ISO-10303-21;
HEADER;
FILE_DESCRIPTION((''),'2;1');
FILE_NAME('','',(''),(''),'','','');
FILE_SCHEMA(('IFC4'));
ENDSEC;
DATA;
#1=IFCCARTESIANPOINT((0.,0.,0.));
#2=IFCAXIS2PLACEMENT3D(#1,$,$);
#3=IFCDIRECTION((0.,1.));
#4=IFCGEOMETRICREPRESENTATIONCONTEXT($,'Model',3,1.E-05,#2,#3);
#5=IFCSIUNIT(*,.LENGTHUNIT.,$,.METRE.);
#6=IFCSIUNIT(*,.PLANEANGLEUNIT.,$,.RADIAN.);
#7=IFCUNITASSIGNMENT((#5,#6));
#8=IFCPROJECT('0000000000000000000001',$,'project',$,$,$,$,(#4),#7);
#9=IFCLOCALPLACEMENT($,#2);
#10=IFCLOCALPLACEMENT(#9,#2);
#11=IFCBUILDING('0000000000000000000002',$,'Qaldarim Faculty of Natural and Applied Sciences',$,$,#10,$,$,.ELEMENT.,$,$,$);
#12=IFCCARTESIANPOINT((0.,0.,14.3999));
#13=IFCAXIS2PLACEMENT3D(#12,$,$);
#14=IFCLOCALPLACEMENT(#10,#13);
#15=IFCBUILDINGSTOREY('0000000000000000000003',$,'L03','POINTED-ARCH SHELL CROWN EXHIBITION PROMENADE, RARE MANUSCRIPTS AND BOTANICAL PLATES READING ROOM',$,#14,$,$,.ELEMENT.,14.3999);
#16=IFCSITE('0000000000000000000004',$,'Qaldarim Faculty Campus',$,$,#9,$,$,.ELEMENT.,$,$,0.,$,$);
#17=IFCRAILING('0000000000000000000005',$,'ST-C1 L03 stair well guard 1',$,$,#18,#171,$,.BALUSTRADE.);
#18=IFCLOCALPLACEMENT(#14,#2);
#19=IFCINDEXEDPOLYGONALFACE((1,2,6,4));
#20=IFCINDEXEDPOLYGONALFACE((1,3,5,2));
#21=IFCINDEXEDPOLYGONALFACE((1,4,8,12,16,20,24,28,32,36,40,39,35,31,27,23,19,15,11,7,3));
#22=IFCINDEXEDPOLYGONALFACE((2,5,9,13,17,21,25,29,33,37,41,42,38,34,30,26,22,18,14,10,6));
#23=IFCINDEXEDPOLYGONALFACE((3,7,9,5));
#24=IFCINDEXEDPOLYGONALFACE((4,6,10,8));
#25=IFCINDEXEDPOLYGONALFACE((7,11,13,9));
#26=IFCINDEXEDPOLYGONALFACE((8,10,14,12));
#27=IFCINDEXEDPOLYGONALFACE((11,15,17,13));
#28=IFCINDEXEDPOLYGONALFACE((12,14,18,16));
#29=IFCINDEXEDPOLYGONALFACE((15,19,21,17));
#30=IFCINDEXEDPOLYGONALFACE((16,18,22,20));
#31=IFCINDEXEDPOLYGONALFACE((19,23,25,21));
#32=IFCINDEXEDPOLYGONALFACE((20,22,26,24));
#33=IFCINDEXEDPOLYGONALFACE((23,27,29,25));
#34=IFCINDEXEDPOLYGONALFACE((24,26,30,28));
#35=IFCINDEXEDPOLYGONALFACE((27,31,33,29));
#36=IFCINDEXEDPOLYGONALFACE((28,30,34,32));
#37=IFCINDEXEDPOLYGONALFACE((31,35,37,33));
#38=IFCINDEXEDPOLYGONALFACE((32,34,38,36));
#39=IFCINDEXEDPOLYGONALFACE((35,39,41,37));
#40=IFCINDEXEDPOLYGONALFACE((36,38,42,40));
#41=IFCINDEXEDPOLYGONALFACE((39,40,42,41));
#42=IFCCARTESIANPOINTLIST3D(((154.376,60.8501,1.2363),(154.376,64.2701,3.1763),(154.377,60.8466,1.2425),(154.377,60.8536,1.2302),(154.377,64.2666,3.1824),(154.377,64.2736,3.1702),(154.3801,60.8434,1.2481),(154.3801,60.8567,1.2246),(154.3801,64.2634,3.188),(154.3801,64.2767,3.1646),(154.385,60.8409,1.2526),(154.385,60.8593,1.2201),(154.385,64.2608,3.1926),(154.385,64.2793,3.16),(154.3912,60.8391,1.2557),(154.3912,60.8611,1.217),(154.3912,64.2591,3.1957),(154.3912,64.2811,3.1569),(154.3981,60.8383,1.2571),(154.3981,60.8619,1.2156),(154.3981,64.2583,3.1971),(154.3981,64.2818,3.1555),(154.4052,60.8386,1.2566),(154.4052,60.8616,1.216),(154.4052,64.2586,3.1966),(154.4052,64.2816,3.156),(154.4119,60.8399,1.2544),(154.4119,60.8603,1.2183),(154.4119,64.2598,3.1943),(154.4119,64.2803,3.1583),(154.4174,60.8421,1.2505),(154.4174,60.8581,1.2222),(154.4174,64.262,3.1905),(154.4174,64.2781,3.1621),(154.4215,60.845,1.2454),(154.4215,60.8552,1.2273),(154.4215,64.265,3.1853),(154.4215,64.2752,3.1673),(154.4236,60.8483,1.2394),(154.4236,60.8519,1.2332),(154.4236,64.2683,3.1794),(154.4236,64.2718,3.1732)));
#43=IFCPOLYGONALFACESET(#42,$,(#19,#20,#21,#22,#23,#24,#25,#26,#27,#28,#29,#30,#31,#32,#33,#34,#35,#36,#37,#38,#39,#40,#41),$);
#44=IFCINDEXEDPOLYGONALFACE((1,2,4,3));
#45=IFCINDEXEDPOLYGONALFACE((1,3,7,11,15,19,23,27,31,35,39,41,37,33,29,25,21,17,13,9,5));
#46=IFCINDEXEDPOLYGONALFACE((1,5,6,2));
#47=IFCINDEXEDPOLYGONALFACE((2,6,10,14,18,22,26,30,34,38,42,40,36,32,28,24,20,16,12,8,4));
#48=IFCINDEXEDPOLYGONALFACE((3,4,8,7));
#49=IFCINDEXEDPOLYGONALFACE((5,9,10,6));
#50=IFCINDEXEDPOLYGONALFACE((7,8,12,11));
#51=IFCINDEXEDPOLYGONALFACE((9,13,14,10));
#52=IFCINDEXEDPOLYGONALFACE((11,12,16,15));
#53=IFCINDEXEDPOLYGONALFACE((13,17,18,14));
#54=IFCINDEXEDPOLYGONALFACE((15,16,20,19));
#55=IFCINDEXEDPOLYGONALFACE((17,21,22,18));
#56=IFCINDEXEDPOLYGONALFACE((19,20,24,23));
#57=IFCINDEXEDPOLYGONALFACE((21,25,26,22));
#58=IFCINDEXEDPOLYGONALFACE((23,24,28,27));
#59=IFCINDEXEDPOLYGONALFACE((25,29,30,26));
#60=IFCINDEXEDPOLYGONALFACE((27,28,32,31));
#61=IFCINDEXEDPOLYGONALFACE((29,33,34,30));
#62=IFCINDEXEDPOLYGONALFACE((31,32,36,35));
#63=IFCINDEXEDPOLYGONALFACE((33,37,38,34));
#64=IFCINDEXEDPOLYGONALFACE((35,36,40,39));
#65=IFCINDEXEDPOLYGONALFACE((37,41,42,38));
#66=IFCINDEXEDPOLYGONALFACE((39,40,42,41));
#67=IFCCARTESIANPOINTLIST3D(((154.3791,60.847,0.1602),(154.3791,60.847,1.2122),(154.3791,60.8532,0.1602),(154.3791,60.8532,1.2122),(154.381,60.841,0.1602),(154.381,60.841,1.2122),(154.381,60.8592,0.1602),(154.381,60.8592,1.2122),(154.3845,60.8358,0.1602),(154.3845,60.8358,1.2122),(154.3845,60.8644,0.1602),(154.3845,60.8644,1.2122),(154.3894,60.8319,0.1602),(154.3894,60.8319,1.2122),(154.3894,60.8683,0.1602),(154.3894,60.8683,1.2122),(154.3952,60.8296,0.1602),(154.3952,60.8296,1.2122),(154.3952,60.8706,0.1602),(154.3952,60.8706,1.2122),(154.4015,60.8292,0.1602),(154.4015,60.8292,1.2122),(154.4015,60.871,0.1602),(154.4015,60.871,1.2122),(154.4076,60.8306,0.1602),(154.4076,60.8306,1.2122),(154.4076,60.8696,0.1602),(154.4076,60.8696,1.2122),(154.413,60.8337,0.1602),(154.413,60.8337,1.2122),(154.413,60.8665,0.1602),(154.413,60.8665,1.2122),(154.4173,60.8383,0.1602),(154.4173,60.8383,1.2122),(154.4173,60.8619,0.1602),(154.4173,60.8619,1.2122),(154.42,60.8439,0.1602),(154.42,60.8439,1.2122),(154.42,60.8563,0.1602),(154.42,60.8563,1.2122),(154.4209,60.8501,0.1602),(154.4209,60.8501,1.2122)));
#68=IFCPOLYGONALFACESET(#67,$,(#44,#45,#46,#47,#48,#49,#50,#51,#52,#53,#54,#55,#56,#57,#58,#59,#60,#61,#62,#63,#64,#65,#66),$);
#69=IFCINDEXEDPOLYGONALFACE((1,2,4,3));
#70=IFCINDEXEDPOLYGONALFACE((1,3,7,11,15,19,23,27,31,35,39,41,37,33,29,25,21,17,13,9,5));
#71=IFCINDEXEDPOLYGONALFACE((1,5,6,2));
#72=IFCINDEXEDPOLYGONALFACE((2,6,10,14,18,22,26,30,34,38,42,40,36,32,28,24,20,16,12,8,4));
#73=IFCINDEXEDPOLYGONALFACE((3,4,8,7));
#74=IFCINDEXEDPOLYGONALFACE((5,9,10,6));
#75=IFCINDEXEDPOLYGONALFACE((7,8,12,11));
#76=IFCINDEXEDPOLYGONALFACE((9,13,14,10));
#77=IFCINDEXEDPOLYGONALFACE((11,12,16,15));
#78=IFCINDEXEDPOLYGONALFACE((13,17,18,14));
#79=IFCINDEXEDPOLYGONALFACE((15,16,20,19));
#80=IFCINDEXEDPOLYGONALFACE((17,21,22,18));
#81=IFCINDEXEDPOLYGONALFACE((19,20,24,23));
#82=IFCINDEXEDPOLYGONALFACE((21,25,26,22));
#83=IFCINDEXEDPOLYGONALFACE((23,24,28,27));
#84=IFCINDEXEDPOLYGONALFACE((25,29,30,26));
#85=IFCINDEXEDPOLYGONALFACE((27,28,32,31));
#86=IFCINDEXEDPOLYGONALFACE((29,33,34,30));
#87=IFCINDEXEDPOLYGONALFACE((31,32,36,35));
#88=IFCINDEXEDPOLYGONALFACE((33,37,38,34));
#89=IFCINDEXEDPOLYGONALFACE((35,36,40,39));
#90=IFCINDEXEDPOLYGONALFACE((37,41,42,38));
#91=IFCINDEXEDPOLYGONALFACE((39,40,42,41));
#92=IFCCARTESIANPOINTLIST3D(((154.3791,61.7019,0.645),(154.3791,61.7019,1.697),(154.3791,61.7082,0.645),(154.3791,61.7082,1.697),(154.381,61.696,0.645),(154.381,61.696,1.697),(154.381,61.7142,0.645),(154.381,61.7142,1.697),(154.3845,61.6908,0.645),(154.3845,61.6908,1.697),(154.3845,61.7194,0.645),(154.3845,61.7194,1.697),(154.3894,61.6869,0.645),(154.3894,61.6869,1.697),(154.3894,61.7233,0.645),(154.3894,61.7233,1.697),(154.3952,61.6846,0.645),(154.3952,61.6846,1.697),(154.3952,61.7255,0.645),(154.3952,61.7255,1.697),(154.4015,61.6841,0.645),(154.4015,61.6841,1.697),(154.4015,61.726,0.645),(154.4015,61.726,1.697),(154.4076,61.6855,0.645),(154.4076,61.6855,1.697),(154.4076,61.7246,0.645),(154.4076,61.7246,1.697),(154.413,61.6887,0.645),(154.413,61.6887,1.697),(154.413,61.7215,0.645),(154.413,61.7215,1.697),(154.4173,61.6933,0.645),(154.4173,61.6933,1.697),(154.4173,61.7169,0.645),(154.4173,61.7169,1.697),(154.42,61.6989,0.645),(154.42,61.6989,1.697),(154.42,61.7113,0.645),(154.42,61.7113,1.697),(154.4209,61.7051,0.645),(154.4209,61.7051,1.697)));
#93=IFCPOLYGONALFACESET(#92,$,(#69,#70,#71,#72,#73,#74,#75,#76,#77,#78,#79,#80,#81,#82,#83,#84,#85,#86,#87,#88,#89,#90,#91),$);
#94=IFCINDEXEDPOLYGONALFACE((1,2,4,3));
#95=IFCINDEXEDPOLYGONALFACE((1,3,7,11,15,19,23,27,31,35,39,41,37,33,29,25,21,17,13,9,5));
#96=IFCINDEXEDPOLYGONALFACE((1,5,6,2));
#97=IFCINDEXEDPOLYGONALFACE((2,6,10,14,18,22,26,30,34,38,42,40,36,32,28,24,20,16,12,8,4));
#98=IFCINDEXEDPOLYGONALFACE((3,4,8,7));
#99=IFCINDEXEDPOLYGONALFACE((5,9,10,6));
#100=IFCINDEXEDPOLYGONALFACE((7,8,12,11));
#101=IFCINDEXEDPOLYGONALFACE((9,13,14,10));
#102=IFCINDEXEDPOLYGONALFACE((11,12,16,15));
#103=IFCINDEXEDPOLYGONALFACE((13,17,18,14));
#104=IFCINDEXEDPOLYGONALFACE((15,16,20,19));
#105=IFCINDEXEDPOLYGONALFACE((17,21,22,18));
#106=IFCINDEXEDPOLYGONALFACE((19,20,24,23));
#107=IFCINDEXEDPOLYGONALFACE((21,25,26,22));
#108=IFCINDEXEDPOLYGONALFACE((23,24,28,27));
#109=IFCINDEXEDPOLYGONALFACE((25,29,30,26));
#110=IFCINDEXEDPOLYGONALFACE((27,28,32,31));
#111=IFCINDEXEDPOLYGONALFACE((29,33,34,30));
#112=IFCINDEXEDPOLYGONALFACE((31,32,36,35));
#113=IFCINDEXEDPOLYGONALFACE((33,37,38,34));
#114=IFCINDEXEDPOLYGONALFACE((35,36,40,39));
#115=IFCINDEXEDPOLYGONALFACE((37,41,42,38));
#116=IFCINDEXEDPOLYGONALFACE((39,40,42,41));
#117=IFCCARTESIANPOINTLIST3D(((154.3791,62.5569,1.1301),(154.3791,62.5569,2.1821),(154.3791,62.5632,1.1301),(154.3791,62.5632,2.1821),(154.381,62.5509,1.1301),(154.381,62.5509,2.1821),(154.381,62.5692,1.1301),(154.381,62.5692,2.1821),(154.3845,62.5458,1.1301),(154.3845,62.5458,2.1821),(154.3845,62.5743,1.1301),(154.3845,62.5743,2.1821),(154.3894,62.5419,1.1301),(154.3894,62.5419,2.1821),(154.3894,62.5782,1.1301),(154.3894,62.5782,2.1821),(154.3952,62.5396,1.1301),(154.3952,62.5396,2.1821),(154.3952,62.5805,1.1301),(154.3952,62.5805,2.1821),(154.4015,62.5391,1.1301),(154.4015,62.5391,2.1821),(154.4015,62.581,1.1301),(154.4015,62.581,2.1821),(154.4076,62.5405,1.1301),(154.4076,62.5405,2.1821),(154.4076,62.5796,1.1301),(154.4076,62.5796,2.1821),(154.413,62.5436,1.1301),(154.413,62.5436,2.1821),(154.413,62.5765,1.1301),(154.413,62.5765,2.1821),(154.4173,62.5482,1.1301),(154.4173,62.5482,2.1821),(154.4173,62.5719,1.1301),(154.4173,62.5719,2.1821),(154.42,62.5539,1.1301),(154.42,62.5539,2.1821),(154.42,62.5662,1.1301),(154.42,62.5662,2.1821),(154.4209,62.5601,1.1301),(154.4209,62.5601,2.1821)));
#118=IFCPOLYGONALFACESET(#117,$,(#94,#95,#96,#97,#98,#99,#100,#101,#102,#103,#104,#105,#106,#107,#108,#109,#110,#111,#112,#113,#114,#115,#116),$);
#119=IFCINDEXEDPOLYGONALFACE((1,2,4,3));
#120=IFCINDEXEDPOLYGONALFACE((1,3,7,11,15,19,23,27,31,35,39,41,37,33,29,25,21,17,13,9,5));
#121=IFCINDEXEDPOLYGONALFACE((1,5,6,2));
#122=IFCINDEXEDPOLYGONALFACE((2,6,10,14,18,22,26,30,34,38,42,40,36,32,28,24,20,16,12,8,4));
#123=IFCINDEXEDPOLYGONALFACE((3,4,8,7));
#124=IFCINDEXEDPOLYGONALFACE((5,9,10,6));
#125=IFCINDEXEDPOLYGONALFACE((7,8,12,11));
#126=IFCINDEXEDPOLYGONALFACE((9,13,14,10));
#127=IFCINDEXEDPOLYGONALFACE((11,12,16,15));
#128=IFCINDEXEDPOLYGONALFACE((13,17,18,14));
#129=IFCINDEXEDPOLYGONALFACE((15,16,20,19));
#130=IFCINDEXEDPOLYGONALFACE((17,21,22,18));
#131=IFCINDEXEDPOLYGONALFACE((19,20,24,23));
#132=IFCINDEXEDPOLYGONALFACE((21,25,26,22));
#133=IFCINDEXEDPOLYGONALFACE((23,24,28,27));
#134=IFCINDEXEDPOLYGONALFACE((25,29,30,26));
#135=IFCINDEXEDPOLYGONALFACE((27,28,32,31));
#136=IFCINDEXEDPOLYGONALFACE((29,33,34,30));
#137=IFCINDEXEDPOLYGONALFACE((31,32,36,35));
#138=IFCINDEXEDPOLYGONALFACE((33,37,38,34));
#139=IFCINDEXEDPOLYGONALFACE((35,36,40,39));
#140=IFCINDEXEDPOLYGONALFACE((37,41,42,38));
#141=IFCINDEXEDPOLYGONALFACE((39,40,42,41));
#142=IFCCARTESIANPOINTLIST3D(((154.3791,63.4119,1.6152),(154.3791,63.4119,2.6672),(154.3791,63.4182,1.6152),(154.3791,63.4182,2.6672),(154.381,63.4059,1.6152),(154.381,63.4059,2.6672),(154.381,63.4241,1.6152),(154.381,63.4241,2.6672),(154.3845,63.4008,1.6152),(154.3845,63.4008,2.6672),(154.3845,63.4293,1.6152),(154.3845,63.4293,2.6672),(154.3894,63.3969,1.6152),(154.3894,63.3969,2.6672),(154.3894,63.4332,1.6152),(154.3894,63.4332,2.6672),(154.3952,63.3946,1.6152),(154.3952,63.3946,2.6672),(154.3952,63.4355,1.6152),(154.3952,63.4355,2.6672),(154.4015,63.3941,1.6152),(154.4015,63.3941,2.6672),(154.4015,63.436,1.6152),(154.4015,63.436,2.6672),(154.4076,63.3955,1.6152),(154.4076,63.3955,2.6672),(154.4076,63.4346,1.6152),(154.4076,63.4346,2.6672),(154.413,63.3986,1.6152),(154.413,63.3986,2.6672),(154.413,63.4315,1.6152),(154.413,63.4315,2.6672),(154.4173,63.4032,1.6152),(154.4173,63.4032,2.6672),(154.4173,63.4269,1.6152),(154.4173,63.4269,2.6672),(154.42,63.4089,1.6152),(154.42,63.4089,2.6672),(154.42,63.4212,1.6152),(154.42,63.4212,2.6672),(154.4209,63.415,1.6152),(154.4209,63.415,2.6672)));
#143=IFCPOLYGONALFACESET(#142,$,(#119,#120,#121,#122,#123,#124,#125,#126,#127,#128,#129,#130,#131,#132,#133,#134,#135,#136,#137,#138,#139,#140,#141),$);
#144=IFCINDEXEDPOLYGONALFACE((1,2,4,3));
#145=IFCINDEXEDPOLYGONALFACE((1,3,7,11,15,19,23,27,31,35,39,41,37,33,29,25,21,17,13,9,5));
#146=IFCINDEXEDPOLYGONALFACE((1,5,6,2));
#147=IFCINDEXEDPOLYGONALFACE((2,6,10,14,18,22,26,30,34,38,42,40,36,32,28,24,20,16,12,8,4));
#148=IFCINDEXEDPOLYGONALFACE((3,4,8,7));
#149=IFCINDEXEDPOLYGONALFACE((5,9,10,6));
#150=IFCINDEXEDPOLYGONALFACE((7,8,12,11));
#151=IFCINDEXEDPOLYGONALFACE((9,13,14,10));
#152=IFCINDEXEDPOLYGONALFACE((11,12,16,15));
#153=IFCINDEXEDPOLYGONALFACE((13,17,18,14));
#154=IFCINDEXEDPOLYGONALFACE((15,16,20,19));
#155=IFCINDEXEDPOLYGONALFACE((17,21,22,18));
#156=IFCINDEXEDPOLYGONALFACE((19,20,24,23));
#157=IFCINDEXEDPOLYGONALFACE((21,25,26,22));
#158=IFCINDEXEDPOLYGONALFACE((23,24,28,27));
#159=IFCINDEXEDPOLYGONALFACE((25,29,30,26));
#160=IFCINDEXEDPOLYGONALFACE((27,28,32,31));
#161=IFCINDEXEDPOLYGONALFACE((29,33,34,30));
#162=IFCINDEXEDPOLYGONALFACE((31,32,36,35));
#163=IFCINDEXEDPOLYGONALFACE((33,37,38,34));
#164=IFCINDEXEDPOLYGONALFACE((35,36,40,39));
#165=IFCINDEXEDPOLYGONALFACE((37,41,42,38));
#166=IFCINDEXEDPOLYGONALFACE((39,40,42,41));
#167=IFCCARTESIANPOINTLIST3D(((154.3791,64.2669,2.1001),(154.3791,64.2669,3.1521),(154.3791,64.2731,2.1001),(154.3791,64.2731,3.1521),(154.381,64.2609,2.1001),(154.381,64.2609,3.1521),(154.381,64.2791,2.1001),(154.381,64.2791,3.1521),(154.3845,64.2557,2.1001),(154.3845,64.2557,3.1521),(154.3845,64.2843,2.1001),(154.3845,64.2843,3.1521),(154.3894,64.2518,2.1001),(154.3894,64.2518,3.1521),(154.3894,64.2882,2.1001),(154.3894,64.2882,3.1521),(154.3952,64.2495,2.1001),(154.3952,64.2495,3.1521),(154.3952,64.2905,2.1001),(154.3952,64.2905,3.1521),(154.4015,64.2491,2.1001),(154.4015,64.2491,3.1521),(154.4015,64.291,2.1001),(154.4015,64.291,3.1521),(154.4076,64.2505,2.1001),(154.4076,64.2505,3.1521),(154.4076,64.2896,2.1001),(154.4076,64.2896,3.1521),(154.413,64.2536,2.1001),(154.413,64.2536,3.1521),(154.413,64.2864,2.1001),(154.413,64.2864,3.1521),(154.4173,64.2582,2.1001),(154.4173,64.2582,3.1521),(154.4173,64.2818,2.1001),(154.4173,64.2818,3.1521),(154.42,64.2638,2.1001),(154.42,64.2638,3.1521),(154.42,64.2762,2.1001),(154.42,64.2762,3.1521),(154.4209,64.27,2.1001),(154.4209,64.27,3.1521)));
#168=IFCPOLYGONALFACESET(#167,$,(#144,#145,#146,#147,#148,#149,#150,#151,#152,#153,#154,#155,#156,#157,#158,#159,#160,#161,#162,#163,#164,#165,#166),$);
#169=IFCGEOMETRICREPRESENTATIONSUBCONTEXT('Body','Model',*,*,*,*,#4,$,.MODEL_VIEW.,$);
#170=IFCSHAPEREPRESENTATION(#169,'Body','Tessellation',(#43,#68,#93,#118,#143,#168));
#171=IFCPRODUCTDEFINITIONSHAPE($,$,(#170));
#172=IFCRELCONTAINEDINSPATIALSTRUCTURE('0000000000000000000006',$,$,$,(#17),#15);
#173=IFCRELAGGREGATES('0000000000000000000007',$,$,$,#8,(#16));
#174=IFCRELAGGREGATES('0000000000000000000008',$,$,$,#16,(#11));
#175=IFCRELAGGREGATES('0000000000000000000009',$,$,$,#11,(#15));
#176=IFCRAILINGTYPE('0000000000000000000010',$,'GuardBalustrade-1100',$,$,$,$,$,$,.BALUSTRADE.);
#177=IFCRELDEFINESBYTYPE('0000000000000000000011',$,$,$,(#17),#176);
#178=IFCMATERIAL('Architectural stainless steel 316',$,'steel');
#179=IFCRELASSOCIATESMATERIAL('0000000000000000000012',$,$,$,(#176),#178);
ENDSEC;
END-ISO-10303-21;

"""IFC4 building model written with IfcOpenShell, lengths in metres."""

from ifc_helpers import new_model, si_unit, direction, frame, origin, origin_2d, place, context, subcontext, project, spatial, circle, extrude, material, type_object, element, save


model = new_model("IFC4")

# Units and contexts
model_context = context("Model", 3, precision=1e-05, world=origin(), true_north=direction((0.0, 1.0)))
body_context = subcontext(model_context, "Body", "Model", "MODEL_VIEW")
ifc_project = project(units=[si_unit("LENGTHUNIT", "METRE"), si_unit("PLANEANGLEUNIT", "RADIAN")], contexts=[model_context])

# Site, building, storey
site_placement = place(None, origin())
site = spatial("IfcSite", under=ifc_project, at=site_placement, Name="Qaldarim Faculty Campus", CompositionType="ELEMENT", RefElevation=0.0)
building_placement = place(site_placement, origin())
building = spatial("IfcBuilding", under=site, at=building_placement, Name="Qaldarim Faculty of Natural and Applied Sciences", CompositionType="ELEMENT")
storey_placement = place(building_placement, frame((0.0, 0.0, 14.3999)))
storey = spatial("IfcBuildingStorey", under=building, at=storey_placement, Name="L03", Description="POINTED-ARCH SHELL CROWN EXHIBITION PROMENADE, RARE MANUSCRIPTS AND BOTANICAL PLATES READING ROOM", CompositionType="ELEMENT", Elevation=14.3999)

# Shared definitions
ifc_material_1 = material(Name="Architectural stainless steel 316", Category="steel")

# Railing
railing_type_1 = type_object("IfcRailingType", Name="GuardBalustrade-1100", PredefinedType="BALUSTRADE", material=ifc_material_1)
railing_1_placement = place(storey_placement, frame((154.3999, 60.8501, 0.1602)))
element("IfcRailing", 1, at=railing_1_placement, inside=storey, type_object=railing_type_1, Name="ST-C1 L03 stair well guard 1", PredefinedType="BALUSTRADE", context=body_context, shape_type="SweptSolid", body=[
    extrude(circle(Radius=0.0239, at=origin_2d()), frame((0.0, 0.0, 1.0762), z_axis=(0.0, 0.869805, 0.493395), x_axis=(-1.0, 0.0, 0.0)), (0.0, 0.0, 1.0), 3.9319),
    extrude(circle(Radius=0.021, at=origin_2d()), origin(), (0.0, 0.0, 1.0), 1.052),
    extrude(circle(Radius=0.021, at=origin_2d()), frame((0.0, 0.855, 0.4849)), (0.0, 0.0, 1.0), 1.052),
    extrude(circle(Radius=0.021, at=origin_2d()), frame((0.0, 1.71, 0.97)), (0.0, 0.0, 1.0), 1.052),
    extrude(circle(Radius=0.021, at=origin_2d()), frame((0.0, 2.5649, 1.4551)), (0.0, 0.0, 1.0), 1.052),
    extrude(circle(Radius=0.021, at=origin_2d()), frame((0.0, 3.4199, 1.9399)), (0.0, 0.0, 1.0), 1.052),
])

save(model, "model.ifc")
